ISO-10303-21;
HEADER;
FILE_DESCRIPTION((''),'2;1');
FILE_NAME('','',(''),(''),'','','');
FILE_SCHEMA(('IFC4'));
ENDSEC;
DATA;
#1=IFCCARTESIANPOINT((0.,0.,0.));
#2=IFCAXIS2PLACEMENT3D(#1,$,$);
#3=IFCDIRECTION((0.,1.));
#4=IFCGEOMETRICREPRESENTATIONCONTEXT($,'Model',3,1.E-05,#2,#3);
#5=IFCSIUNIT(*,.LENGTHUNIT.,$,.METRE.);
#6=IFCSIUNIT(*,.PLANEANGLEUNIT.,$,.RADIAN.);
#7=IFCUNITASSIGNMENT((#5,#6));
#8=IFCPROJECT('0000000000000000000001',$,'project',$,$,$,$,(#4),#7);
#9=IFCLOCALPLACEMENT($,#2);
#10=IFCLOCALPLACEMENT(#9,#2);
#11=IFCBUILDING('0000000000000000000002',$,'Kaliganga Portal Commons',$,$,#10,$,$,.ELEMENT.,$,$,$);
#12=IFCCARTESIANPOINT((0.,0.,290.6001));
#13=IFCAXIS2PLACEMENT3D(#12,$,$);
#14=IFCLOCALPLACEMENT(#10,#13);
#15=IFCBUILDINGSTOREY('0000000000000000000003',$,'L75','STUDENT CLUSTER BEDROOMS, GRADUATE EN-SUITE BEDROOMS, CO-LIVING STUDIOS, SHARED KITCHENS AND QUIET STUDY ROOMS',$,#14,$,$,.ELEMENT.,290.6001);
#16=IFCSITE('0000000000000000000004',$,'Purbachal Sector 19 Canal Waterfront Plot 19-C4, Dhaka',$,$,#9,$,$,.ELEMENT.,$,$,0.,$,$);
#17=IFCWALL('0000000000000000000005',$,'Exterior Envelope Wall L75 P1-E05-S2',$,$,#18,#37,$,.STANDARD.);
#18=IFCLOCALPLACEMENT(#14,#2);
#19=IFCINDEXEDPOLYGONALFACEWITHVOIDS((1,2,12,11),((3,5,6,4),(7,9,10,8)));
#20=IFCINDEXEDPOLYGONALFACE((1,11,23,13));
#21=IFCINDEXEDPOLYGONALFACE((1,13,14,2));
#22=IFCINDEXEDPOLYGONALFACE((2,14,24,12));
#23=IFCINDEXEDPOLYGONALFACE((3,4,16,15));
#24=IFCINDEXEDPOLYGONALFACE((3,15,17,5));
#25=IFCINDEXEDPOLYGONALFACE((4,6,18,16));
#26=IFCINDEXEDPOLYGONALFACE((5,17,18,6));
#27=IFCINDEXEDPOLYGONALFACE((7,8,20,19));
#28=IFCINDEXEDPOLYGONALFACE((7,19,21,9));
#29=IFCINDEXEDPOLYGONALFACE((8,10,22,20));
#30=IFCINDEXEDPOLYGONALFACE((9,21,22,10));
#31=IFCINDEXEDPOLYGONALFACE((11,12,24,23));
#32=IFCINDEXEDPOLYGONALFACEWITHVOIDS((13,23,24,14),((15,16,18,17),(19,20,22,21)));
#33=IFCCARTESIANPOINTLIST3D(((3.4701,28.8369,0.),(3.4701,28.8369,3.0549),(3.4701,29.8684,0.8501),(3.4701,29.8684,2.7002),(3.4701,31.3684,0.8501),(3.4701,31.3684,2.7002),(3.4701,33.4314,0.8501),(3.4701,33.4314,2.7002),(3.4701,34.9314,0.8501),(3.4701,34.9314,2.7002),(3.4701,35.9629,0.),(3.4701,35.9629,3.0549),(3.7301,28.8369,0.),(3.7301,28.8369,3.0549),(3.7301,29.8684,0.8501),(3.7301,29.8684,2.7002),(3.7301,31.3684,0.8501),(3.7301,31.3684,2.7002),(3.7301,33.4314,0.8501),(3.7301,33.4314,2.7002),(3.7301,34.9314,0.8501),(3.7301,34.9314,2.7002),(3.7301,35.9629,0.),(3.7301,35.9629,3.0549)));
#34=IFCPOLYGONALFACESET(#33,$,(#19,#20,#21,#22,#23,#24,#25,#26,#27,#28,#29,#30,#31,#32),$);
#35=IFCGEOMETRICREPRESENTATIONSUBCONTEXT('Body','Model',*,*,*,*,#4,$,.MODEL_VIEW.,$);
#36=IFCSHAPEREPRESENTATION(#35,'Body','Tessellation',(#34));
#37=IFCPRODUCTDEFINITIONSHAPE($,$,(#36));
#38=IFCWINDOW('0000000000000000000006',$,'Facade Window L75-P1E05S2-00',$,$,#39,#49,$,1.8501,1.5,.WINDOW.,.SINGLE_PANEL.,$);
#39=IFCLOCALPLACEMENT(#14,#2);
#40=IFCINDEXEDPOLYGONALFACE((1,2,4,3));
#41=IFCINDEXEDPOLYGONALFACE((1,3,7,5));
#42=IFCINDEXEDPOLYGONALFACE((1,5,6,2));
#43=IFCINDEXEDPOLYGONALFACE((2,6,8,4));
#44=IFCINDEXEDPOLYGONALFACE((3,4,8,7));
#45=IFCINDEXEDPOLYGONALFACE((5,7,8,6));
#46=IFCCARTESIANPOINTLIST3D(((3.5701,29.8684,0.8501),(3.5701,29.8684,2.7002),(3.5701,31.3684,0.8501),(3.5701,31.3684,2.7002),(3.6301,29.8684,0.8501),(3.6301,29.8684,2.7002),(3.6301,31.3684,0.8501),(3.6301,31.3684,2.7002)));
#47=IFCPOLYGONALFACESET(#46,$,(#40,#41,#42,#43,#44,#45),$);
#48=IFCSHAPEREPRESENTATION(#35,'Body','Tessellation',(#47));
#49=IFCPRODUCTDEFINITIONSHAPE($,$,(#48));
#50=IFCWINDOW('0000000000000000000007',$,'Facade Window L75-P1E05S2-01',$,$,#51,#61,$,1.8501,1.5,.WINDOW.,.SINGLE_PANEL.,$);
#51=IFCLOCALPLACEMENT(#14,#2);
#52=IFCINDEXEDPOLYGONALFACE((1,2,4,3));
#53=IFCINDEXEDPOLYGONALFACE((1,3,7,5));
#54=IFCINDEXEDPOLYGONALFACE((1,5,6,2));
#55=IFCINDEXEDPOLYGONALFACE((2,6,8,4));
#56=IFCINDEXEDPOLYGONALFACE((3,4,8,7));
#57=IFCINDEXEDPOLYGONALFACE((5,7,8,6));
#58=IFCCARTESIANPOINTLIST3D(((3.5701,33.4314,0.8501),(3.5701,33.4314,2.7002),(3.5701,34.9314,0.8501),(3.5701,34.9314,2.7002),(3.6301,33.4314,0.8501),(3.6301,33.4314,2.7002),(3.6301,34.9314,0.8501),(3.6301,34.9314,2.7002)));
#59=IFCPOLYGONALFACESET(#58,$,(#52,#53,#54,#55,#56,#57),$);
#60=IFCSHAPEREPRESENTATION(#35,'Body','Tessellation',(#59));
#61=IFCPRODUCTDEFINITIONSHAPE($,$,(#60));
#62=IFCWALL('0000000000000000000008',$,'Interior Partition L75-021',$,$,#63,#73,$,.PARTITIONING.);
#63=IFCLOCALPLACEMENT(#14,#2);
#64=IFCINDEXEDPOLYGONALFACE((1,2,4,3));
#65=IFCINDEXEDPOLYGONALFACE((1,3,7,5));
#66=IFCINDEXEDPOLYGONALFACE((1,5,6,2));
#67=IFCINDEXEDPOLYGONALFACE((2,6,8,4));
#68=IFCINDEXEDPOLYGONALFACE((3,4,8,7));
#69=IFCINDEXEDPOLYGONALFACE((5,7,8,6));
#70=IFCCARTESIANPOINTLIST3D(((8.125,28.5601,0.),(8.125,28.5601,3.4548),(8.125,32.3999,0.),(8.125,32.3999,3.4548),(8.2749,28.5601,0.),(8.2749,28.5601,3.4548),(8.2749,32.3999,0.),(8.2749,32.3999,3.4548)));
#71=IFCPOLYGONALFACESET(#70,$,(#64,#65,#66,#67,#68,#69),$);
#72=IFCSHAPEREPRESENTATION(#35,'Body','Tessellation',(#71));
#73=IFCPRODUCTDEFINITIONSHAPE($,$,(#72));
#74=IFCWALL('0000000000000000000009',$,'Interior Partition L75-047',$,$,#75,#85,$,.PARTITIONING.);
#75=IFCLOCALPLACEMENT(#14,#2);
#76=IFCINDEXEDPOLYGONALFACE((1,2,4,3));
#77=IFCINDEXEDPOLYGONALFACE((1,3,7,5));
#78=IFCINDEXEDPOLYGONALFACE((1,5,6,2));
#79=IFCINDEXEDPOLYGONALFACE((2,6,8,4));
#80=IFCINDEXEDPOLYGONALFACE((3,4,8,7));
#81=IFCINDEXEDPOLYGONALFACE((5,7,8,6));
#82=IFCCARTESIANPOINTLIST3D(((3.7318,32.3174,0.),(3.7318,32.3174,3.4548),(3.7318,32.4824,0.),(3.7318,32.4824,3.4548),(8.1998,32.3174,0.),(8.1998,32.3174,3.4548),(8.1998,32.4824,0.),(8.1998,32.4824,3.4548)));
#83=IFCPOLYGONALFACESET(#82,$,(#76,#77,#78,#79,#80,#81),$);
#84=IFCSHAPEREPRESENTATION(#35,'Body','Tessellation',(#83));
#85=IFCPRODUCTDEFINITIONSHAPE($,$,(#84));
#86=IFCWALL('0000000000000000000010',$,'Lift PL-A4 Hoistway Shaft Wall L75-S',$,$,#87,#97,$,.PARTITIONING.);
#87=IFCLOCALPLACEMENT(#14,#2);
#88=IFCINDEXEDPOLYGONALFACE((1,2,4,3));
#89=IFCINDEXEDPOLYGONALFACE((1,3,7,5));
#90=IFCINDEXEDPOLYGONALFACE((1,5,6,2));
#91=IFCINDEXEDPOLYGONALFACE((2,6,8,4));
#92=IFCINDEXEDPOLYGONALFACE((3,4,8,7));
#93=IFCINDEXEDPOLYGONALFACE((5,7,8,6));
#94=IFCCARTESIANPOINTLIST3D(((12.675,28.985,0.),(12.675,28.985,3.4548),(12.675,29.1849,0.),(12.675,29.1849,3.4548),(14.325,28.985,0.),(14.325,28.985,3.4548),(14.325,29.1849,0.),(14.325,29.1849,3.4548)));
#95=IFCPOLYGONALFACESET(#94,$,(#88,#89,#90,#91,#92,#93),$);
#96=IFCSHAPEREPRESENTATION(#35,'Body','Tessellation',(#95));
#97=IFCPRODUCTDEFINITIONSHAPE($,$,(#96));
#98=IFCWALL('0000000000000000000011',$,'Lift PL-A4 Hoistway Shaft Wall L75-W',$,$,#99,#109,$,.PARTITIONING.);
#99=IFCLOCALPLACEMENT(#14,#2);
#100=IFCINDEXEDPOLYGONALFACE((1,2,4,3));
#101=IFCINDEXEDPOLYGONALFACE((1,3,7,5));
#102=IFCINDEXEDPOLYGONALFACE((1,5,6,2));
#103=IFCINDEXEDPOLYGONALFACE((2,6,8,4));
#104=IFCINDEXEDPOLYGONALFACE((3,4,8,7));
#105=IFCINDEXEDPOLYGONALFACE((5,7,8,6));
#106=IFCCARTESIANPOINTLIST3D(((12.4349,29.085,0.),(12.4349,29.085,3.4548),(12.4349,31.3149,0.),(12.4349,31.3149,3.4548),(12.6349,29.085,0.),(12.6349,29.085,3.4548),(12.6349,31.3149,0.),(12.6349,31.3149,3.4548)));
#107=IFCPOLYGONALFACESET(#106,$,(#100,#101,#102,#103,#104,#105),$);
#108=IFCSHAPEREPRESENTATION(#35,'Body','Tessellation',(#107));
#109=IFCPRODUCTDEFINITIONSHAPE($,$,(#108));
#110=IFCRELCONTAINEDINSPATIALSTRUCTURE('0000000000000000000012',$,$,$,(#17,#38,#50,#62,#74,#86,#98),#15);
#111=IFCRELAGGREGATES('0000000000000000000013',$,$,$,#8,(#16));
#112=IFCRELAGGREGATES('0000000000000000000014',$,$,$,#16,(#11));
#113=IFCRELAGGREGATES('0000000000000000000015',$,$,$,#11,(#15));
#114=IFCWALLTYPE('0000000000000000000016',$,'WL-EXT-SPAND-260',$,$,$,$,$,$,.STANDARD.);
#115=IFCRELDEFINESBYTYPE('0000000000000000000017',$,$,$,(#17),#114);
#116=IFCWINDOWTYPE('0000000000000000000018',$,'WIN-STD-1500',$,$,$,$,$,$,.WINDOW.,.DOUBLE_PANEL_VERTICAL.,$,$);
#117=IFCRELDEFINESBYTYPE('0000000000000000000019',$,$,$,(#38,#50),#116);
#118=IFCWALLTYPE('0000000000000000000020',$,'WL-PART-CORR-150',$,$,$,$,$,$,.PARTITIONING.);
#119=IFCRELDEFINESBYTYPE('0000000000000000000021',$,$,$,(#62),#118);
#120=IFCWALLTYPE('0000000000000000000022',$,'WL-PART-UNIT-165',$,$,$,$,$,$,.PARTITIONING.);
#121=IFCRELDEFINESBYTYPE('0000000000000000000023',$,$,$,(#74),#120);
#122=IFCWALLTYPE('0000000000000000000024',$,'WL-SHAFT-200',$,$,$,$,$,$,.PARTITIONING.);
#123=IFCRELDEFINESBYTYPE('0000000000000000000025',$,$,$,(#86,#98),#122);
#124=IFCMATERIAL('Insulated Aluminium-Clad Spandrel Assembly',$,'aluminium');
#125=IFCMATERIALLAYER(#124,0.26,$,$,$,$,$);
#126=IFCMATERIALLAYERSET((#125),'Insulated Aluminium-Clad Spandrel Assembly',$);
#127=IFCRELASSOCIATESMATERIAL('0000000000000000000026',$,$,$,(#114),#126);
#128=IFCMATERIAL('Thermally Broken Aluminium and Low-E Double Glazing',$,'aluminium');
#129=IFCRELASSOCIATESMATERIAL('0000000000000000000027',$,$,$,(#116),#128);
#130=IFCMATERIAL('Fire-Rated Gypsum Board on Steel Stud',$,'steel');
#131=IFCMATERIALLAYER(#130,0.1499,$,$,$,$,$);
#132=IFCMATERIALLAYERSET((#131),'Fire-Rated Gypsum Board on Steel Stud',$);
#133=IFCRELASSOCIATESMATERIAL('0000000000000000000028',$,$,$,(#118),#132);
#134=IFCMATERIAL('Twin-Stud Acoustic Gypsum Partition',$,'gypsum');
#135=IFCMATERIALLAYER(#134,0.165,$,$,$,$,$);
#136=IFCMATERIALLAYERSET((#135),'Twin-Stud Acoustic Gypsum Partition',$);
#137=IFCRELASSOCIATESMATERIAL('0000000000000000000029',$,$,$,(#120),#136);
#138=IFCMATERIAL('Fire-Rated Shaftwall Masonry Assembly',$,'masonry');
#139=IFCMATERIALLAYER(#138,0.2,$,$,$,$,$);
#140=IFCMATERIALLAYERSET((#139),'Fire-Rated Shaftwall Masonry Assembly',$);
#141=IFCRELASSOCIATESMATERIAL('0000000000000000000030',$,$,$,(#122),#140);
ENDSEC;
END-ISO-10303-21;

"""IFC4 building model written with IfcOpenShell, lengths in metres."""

from ifc_helpers import new_model, si_unit, direction, frame, frame_2d, origin, place, context, subcontext, project, spatial, rectangle, extrude, material, layer, layer_set, type_object, element, fill, save


model = new_model("IFC4")

# Units and contexts
model_context = context("Model", 3, precision=1e-05, world=origin(), true_north=direction((0.0, 1.0)))
body_context = subcontext(model_context, "Body", "Model", "MODEL_VIEW")
ifc_project = project(units=[si_unit("LENGTHUNIT", "METRE"), si_unit("PLANEANGLEUNIT", "RADIAN")], contexts=[model_context])

# Site, building, storey
site_placement = place(None, origin())
site = spatial("IfcSite", under=ifc_project, at=site_placement, Name="Purbachal Sector 19 Canal Waterfront Plot 19-C4, Dhaka", CompositionType="ELEMENT", RefElevation=0.0)
building_placement = place(site_placement, origin())
building = spatial("IfcBuilding", under=site, at=building_placement, Name="Kaliganga Portal Commons", CompositionType="ELEMENT")
storey_placement = place(building_placement, frame((0.0, 0.0, 290.6001)))
storey = spatial("IfcBuildingStorey", under=building, at=storey_placement, Name="L75", Description="STUDENT CLUSTER BEDROOMS, GRADUATE EN-SUITE BEDROOMS, CO-LIVING STUDIOS, SHARED KITCHENS AND QUIET STUDY ROOMS", CompositionType="ELEMENT", Elevation=290.6001)

# Wall, openings, windows
ifc_material_1 = material(Name="Insulated Aluminium-Clad Spandrel Assembly", Category="aluminium")
ifc_layer_1 = layer(ifc_material_1, 0.26)
ifc_layer_set_1 = layer_set([ifc_layer_1], Name="Insulated Aluminium-Clad Spandrel Assembly")
wall_type_1 = type_object("IfcWallType", Name="WL-EXT-SPAND-260", PredefinedType="STANDARD", material=ifc_layer_set_1)
wall_1_placement = place(storey_placement, frame((3.6001, 28.8369, 0.0), z_axis=(0.0, 0.0, 1.0), x_axis=(0.0, 1.0, 0.0)))
wall_1 = element("IfcWall", 1, at=wall_1_placement, inside=storey, type_object=wall_type_1, Name="Exterior Envelope Wall L75 P1-E05-S2", PredefinedType="STANDARD", context=body_context, shape_type="SweptSolid", body=[
    extrude(rectangle(XDim=7.126, YDim=0.26, at=frame_2d((3.563, 0.0))), origin(), (0.0, 0.0, 1.0), 3.0549),
])
opening_1_placement = place(wall_1_placement, frame((1.0315, 0.0, 0.8501)))
opening_1 = element("IfcOpeningElement", 2, at=opening_1_placement, cuts=wall_1, PredefinedType="OPENING", context=body_context, shape_type="SweptSolid", body=[
    extrude(rectangle(XDim=1.5, YDim=1.8501, at=frame_2d((0.75, 0.925))), frame((0.0, 0.1401, 0.0), z_axis=(0.0, -1.0, 0.0), x_axis=(1.0, 0.0, 0.0)), (0.0, 0.0, 1.0), 0.28),
])
opening_2_placement = place(wall_1_placement, frame((4.5945, 0.0, 0.8501)))
opening_2 = element("IfcOpeningElement", 3, at=opening_2_placement, cuts=wall_1, PredefinedType="OPENING", context=body_context, shape_type="SweptSolid", body=[
    extrude(rectangle(XDim=1.5, YDim=1.8501, at=frame_2d((0.75, 0.925))), frame((0.0, 0.1401, 0.0), z_axis=(0.0, -1.0, 0.0), x_axis=(1.0, 0.0, 0.0)), (0.0, 0.0, 1.0), 0.28),
])
ifc_material_2 = material(Name="Thermally Broken Aluminium and Low-E Double Glazing", Category="aluminium")
window_type = type_object("IfcWindowType", Name="WIN-STD-1500", PartitioningType="DOUBLE_PANEL_VERTICAL", PredefinedType="WINDOW", material=ifc_material_2)
window_1_placement = place(opening_1_placement, origin())
window_1 = element("IfcWindow", 4, at=window_1_placement, inside=storey, type_object=window_type, Name="Facade Window L75-P1E05S2-00", OverallHeight=1.8501, OverallWidth=1.5, PartitioningType="SINGLE_PANEL", PredefinedType="WINDOW", context=body_context, shape_type="SweptSolid", body=[
    extrude(rectangle(XDim=1.5, YDim=1.8501, at=frame_2d((0.75, 0.925))), frame((0.0, 0.03, 0.0), z_axis=(0.0, -1.0, 0.0), x_axis=(1.0, 0.0, 0.0)), (0.0, 0.0, 1.0), 0.0601),
])
fill(opening_1, window_1)
window_2_placement = place(opening_2_placement, origin())
window_2 = element("IfcWindow", 5, at=window_2_placement, inside=storey, type_object=window_type, Name="Facade Window L75-P1E05S2-01", OverallHeight=1.8501, OverallWidth=1.5, PartitioningType="SINGLE_PANEL", PredefinedType="WINDOW", context=body_context, shape_type="SweptSolid", body=[
    extrude(rectangle(XDim=1.5, YDim=1.8501, at=frame_2d((0.75, 0.925))), frame((0.0, 0.03, 0.0), z_axis=(0.0, -1.0, 0.0), x_axis=(1.0, 0.0, 0.0)), (0.0, 0.0, 1.0), 0.0601),
])
fill(opening_2, window_2)

# Shared definitions
ifc_material_3 = material(Name="Fire-Rated Gypsum Board on Steel Stud", Category="steel")
ifc_layer_2 = layer(ifc_material_3, 0.1499)
ifc_layer_set_2 = layer_set([ifc_layer_2], Name="Fire-Rated Gypsum Board on Steel Stud")
wall_type_2 = type_object("IfcWallType", Name="WL-PART-CORR-150", PredefinedType="PARTITIONING", material=ifc_layer_set_2)

# Walls
wall_2_placement = place(storey_placement, frame((8.2, 28.5601, 0.0), z_axis=(0.0, 0.0, 1.0), x_axis=(0.0, 1.0, 0.0)))
element("IfcWall", 6, at=wall_2_placement, inside=storey, type_object=wall_type_2, Name="Interior Partition L75-021", PredefinedType="PARTITIONING", context=body_context, shape_type="SweptSolid", body=[
    extrude(rectangle(XDim=3.8398, YDim=0.1499, at=frame_2d((1.9199, 0.0))), origin(), (0.0, 0.0, 1.0), 3.4548),
])
ifc_material_4 = material(Name="Twin-Stud Acoustic Gypsum Partition", Category="gypsum")
ifc_layer_3 = layer(ifc_material_4, 0.165)
ifc_layer_set_3 = layer_set([ifc_layer_3], Name="Twin-Stud Acoustic Gypsum Partition")
wall_type_3 = type_object("IfcWallType", Name="WL-PART-UNIT-165", PredefinedType="PARTITIONING", material=ifc_layer_set_3)
wall_3_placement = place(storey_placement, frame((3.7319, 32.3999, 0.0), z_axis=(0.0, 0.0, 1.0), x_axis=(1.0, 0.0, 0.0)))
element("IfcWall", 7, at=wall_3_placement, inside=storey, type_object=wall_type_3, Name="Interior Partition L75-047", PredefinedType="PARTITIONING", context=body_context, shape_type="SweptSolid", body=[
    extrude(rectangle(XDim=4.468, YDim=0.165, at=frame_2d((2.2339, 0.0))), origin(), (0.0, 0.0, 1.0), 3.4548),
])
ifc_material_5 = material(Name="Fire-Rated Shaftwall Masonry Assembly", Category="masonry")
ifc_layer_4 = layer(ifc_material_5, 0.2)
ifc_layer_set_4 = layer_set([ifc_layer_4], Name="Fire-Rated Shaftwall Masonry Assembly")
wall_type_4 = type_object("IfcWallType", Name="WL-SHAFT-200", PredefinedType="PARTITIONING", material=ifc_layer_set_4)
wall_4_placement = place(storey_placement, frame((12.675, 29.085, 0.0), z_axis=(0.0, 0.0, 1.0), x_axis=(1.0, 0.0, 0.0)))
element("IfcWall", 8, at=wall_4_placement, inside=storey, type_object=wall_type_4, Name="Lift PL-A4 Hoistway Shaft Wall L75-S", PredefinedType="PARTITIONING", context=body_context, shape_type="SweptSolid", body=[
    extrude(rectangle(XDim=1.6499, YDim=0.2, at=frame_2d((0.825, 0.0))), origin(), (0.0, 0.0, 1.0), 3.4548),
])

# Wall
wall_5_placement = place(storey_placement, frame((12.5349, 29.085, 0.0), z_axis=(0.0, 0.0, 1.0), x_axis=(0.0, 1.0, 0.0)))
element("IfcWall", 9, at=wall_5_placement, inside=storey, type_object=wall_type_4, Name="Lift PL-A4 Hoistway Shaft Wall L75-W", PredefinedType="PARTITIONING", context=body_context, shape_type="SweptSolid", body=[
    extrude(rectangle(XDim=2.23, YDim=0.2, at=frame_2d((1.115, 0.0))), origin(), (0.0, 0.0, 1.0), 3.4548),
])

save(model, "model.ifc")
